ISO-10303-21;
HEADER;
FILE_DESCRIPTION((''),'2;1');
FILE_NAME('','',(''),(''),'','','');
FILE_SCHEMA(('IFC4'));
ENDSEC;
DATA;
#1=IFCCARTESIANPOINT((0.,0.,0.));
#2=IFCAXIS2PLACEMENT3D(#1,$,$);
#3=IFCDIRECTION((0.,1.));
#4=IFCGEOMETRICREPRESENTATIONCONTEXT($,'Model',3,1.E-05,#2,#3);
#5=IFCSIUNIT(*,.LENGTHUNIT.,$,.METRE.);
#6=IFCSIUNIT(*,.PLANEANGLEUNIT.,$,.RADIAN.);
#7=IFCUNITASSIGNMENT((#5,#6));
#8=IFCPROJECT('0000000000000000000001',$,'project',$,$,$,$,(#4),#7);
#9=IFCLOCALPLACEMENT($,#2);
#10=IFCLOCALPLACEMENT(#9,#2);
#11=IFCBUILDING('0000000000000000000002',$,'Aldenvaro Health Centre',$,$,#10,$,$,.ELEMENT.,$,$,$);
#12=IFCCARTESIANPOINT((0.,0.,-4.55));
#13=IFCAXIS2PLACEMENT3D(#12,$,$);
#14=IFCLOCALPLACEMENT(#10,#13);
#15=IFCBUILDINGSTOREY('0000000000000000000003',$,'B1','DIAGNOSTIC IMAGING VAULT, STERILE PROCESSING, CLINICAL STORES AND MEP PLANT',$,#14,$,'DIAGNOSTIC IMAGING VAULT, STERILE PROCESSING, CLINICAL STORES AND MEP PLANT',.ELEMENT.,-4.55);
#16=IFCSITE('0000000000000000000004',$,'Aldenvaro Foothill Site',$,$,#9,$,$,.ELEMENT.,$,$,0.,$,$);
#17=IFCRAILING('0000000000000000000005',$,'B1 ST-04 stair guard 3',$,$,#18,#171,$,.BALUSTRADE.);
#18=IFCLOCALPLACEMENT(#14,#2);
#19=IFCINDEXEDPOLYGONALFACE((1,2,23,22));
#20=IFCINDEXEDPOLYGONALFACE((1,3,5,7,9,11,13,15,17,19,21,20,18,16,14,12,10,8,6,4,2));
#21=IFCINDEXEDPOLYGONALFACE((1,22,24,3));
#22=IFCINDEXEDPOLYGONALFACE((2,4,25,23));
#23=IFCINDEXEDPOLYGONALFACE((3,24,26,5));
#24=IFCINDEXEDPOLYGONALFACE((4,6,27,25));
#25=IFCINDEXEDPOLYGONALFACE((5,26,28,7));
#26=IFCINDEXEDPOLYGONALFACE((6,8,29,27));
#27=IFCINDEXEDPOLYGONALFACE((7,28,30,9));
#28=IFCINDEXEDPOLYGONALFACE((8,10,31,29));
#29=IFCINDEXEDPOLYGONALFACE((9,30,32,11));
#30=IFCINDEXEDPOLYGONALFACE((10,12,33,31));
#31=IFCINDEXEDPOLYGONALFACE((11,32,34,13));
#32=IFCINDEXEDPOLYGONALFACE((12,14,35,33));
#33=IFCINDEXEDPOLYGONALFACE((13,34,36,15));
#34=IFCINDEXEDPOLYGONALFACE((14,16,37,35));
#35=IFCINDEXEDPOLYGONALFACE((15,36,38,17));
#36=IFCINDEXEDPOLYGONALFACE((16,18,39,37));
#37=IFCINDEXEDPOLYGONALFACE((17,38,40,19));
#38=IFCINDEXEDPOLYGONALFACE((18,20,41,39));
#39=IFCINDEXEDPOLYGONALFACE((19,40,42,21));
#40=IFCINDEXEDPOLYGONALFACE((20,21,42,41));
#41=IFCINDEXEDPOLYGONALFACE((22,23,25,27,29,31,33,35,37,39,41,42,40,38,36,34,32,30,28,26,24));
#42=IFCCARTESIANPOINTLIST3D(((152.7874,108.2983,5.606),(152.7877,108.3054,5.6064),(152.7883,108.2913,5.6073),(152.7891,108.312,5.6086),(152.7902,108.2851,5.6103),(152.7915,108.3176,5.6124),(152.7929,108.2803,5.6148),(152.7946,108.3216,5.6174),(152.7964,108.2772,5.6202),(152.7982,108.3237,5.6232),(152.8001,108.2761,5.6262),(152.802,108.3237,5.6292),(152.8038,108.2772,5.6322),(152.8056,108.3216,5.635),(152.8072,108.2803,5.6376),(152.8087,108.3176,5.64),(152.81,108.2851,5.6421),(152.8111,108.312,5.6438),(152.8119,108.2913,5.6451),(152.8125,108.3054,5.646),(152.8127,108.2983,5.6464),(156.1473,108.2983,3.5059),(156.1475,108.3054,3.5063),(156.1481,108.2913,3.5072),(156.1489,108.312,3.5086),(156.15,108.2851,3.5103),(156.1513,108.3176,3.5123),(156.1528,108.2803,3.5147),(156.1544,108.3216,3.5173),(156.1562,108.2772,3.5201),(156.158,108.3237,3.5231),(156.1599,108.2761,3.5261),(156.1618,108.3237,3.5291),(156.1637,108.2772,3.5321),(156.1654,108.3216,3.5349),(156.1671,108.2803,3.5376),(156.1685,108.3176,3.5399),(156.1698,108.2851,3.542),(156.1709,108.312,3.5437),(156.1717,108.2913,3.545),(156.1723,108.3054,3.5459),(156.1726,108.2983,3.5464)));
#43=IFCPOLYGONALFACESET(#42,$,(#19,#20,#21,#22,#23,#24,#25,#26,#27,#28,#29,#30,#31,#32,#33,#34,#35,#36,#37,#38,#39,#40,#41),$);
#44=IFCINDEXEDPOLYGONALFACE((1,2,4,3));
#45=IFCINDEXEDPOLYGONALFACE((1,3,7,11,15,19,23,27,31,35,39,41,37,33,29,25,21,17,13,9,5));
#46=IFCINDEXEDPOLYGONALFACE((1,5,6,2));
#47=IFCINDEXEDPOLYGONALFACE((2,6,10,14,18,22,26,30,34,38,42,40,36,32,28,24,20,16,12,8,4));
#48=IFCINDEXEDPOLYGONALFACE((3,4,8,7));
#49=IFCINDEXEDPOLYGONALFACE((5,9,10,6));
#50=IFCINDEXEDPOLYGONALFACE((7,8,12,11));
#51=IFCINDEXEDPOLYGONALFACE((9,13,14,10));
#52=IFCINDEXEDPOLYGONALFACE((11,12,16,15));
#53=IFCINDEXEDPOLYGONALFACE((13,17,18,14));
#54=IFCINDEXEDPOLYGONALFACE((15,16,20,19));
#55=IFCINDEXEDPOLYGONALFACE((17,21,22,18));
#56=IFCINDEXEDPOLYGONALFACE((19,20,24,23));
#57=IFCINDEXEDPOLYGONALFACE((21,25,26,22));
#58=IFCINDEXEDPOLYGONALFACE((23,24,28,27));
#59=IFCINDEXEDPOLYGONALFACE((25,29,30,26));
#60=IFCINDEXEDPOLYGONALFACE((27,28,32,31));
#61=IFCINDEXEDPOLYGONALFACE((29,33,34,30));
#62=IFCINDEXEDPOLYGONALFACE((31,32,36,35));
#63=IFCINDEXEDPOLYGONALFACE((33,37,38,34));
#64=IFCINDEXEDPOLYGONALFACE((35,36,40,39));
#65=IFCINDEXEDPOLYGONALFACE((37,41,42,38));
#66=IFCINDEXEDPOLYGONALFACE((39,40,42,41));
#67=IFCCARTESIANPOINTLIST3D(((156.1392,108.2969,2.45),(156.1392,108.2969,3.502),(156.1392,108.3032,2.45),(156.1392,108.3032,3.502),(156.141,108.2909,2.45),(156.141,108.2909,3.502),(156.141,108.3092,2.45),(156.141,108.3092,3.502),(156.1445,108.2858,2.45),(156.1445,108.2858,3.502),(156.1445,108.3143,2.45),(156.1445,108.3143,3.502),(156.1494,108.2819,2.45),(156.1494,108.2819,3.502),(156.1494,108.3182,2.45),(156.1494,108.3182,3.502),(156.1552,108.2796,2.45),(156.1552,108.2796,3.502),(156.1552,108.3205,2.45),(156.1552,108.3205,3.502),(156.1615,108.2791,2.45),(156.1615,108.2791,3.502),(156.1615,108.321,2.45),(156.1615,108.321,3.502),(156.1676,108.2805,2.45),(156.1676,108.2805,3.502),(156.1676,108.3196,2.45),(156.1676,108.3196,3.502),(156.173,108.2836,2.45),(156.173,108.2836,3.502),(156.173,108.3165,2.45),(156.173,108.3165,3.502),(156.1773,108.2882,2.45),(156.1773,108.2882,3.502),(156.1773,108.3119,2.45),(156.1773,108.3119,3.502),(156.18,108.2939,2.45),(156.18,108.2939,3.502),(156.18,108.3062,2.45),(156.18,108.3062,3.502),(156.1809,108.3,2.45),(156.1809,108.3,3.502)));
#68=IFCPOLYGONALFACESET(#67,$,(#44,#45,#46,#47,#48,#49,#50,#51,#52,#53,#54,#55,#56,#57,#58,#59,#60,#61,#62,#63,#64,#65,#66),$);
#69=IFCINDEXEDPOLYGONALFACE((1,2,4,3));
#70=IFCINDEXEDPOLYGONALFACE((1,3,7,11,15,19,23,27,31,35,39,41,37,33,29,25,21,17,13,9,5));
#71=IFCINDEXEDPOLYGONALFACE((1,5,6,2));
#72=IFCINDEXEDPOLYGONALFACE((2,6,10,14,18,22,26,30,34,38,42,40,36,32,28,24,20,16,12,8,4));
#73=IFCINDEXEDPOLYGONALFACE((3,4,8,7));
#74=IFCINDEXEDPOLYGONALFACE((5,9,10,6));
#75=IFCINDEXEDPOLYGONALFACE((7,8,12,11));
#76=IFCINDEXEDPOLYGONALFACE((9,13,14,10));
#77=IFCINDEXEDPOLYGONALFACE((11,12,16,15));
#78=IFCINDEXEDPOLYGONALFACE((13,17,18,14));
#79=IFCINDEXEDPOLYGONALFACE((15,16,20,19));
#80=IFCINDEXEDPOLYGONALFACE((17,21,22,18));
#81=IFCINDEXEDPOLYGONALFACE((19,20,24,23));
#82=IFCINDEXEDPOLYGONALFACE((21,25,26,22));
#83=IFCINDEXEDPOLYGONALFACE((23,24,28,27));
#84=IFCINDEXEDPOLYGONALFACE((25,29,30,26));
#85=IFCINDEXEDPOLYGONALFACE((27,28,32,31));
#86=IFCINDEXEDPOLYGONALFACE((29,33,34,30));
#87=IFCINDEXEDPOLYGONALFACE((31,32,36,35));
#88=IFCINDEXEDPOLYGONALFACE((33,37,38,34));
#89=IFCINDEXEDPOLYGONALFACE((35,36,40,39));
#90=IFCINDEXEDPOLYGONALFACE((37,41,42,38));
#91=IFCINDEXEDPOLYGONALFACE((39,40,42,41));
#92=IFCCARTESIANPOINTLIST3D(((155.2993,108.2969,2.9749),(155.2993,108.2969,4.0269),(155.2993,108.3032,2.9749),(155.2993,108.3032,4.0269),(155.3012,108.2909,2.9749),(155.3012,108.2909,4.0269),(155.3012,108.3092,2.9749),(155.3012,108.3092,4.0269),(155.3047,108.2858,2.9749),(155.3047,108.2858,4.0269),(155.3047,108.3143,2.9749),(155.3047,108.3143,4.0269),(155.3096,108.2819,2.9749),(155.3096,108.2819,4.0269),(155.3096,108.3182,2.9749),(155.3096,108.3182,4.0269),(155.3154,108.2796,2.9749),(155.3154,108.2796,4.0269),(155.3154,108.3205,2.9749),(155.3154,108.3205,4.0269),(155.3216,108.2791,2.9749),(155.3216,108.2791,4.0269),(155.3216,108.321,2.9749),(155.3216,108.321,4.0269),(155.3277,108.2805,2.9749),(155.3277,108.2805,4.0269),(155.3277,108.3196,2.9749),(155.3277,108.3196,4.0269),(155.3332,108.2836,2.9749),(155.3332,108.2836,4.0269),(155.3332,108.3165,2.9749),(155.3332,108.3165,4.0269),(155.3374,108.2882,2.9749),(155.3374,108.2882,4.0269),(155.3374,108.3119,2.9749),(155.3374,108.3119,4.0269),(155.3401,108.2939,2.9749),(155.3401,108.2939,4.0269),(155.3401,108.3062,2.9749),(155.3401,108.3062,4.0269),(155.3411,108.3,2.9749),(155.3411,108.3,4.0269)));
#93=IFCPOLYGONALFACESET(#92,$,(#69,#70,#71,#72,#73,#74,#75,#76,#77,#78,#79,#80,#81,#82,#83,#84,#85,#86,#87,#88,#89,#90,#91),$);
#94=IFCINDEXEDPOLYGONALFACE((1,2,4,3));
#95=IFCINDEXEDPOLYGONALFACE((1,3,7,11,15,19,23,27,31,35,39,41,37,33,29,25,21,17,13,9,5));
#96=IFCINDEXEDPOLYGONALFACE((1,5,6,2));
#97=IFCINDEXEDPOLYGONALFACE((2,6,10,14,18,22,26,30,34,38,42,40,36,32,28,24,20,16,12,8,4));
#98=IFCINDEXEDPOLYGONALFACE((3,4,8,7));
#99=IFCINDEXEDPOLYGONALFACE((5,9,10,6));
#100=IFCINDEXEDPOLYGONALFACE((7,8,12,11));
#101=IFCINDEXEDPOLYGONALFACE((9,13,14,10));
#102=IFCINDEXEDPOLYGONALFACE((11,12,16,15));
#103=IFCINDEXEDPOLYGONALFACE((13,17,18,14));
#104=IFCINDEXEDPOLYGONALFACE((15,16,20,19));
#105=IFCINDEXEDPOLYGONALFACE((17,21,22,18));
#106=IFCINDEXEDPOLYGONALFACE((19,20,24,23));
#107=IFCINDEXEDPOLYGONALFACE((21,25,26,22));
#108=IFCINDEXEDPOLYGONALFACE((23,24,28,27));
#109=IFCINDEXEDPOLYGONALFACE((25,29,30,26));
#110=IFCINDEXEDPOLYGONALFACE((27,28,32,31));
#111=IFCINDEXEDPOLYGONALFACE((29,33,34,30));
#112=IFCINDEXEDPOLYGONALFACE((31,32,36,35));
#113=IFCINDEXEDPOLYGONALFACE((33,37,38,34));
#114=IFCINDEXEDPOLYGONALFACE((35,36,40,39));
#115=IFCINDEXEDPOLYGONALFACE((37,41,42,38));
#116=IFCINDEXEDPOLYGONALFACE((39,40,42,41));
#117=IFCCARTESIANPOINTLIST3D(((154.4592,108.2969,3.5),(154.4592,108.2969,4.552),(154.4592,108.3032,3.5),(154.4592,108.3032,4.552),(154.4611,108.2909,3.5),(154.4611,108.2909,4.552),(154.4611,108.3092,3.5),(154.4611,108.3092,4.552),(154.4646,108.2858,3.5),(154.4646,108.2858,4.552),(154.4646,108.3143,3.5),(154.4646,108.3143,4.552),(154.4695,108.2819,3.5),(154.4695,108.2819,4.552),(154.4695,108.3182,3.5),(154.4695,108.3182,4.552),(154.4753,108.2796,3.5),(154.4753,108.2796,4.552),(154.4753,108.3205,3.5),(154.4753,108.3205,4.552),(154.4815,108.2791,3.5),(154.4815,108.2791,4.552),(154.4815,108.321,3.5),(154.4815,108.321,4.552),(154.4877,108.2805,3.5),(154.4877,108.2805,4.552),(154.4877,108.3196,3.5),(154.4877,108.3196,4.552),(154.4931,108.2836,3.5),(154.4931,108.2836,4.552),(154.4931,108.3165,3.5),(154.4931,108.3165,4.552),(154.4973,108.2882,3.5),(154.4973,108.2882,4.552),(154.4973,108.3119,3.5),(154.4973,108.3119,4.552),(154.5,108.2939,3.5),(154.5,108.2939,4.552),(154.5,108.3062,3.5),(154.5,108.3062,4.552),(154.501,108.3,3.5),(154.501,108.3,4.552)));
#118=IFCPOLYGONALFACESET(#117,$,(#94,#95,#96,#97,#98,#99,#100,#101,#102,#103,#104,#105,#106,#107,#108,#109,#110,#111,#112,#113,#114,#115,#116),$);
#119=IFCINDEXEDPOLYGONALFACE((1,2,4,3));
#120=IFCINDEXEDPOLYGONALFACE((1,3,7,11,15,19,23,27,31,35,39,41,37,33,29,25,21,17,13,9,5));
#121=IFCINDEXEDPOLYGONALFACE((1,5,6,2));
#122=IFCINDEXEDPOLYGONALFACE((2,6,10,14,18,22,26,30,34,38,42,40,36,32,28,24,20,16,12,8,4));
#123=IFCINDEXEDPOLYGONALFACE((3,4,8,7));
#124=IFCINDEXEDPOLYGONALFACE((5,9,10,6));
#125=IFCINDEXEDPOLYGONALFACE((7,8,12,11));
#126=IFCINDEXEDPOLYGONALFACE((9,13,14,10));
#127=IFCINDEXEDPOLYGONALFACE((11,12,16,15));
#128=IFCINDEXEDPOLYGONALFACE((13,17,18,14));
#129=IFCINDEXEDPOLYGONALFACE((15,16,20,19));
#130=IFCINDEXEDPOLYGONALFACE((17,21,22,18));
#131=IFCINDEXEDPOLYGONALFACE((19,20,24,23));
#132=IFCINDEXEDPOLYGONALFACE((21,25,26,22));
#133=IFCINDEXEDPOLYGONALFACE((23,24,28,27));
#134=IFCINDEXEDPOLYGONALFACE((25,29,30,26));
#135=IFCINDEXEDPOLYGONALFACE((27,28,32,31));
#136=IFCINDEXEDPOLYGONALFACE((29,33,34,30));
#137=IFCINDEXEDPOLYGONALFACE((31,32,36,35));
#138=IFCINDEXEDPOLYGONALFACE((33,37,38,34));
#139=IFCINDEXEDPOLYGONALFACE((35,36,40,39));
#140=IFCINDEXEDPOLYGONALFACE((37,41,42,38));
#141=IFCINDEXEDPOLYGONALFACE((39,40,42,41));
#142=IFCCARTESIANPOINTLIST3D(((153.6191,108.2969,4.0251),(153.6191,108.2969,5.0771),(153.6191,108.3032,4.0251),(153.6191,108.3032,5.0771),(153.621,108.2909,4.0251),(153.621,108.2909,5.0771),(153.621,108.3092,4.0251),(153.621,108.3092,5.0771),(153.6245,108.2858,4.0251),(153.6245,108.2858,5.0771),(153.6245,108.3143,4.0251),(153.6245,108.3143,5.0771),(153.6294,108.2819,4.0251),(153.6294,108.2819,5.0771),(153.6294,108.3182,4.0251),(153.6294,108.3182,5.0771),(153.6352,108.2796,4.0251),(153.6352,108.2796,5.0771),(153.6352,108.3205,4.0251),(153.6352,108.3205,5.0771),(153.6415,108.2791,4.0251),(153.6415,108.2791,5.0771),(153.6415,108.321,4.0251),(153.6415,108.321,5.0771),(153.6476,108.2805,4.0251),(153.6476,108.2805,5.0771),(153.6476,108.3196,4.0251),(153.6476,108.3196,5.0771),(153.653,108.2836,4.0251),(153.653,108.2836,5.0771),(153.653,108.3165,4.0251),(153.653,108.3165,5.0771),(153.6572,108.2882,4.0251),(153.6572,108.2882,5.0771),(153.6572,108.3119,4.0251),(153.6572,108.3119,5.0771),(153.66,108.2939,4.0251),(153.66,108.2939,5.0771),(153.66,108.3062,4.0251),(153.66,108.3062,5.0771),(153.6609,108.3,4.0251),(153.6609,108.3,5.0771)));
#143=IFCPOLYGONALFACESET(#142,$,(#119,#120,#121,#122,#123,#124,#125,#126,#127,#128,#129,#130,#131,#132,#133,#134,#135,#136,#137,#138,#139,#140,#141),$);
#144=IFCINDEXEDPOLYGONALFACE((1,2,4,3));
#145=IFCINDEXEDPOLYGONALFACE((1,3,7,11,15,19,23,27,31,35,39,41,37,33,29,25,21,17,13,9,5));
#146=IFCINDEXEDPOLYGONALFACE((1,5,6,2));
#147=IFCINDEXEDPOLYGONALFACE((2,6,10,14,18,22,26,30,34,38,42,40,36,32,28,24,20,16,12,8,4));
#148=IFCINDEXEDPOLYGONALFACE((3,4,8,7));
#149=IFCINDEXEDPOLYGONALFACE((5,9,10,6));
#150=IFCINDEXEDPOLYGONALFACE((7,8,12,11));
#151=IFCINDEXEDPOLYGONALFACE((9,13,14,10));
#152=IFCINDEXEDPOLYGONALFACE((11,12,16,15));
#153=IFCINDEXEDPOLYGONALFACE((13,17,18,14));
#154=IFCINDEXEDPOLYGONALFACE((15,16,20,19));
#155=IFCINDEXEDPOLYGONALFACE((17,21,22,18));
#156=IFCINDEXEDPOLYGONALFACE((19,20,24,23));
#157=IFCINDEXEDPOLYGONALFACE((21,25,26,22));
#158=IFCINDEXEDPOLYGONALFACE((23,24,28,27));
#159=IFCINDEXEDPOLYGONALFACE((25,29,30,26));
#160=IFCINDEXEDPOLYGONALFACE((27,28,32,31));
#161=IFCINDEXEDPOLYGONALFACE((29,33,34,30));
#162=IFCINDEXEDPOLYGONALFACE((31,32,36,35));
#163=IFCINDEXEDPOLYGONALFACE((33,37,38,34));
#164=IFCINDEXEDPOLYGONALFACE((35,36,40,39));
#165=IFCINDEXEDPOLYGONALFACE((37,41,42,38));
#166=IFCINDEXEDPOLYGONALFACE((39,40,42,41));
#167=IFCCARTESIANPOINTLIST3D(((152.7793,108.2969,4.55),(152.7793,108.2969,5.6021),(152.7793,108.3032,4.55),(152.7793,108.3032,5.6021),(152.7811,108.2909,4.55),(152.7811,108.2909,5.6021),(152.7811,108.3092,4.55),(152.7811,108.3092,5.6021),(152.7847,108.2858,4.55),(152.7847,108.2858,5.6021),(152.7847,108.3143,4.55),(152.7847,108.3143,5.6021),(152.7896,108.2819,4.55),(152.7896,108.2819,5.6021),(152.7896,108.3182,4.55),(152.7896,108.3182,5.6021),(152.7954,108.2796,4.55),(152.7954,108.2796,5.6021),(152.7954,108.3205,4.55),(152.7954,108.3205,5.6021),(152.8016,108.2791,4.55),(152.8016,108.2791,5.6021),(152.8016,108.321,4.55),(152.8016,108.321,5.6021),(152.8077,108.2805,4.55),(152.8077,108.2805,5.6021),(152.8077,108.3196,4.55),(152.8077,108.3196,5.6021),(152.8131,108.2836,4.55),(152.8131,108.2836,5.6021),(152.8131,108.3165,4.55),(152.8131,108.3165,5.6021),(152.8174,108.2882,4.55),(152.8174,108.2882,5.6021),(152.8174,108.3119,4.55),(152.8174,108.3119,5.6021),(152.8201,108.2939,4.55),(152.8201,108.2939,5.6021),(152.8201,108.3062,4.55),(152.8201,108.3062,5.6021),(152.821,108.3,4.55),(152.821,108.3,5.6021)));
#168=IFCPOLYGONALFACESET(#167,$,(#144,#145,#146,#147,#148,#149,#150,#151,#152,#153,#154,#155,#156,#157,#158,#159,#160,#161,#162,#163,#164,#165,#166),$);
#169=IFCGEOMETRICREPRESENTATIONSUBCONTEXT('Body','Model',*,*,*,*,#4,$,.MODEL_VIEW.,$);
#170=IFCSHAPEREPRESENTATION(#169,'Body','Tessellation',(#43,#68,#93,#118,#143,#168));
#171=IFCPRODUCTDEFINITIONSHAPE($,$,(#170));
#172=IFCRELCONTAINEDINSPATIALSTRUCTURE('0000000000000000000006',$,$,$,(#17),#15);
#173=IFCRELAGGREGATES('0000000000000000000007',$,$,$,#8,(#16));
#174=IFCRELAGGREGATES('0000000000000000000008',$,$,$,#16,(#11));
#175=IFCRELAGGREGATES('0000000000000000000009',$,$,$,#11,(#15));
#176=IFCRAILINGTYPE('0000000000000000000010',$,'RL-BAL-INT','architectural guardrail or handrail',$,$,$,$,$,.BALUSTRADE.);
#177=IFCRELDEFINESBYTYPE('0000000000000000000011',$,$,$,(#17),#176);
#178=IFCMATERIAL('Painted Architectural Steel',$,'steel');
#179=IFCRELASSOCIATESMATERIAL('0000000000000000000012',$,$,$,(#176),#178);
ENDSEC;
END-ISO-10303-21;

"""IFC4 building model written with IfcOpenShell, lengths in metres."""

from ifc_helpers import new_model, si_unit, direction, frame, origin, origin_2d, place, context, subcontext, project, spatial, circle, extrude, material, type_object, element, save


model = new_model("IFC4")

# Units and contexts
model_context = context("Model", 3, precision=1e-05, world=origin(), true_north=direction((0.0, 1.0)))
body_context = subcontext(model_context, "Body", "Model", "MODEL_VIEW")
ifc_project = project(units=[si_unit("LENGTHUNIT", "METRE"), si_unit("PLANEANGLEUNIT", "RADIAN")], contexts=[model_context])

# Site, building, storey
site_placement = place(None, origin())
site = spatial("IfcSite", under=ifc_project, at=site_placement, Name="Aldenvaro Foothill Site", CompositionType="ELEMENT", RefElevation=0.0)
building_placement = place(site_placement, origin())
building = spatial("IfcBuilding", under=site, at=building_placement, Name="Aldenvaro Health Centre", CompositionType="ELEMENT")
storey_placement = place(building_placement, frame((0.0, 0.0, -4.55)))
storey = spatial("IfcBuildingStorey", under=building, at=storey_placement, Name="B1", Description="DIAGNOSTIC IMAGING VAULT, STERILE PROCESSING, CLINICAL STORES AND MEP PLANT", LongName="DIAGNOSTIC IMAGING VAULT, STERILE PROCESSING, CLINICAL STORES AND MEP PLANT", CompositionType="ELEMENT", Elevation=-4.55)

# Railing
ifc_material_1 = material(Name="Painted Architectural Steel", Category="steel")
railing_type_1 = type_object("IfcRailingType", Name="RL-BAL-INT", Description="architectural guardrail or handrail", PredefinedType="BALUSTRADE", material=ifc_material_1)
railing_1_placement = place(storey_placement, frame((156.1599, 108.3, 2.45)))
element("IfcRailing", 1, at=railing_1_placement, inside=storey, type_object=railing_type_1, Name="B1 ST-04 stair guard 3", PredefinedType="BALUSTRADE", context=body_context, shape_type="SweptSolid", body=[
    extrude(circle(Radius=0.0239, at=origin_2d()), frame((0.0, 0.0, 1.0762), z_axis=(-0.847978, 0.0, 0.530032), x_axis=(0.0, -1.0, 0.0)), (0.0, 0.0, 1.0), 3.9622),
    extrude(circle(Radius=0.021, at=origin_2d()), origin(), (0.0, 0.0, 1.0), 1.052),
    extrude(circle(Radius=0.021, at=origin_2d()), frame((-0.8398, 0.0, 0.5249)), (0.0, 0.0, 1.0), 1.052),
    extrude(circle(Radius=0.021, at=origin_2d()), frame((-1.6799, 0.0, 1.05)), (0.0, 0.0, 1.0), 1.052),
    extrude(circle(Radius=0.021, at=origin_2d()), frame((-2.52, 0.0, 1.5752)), (0.0, 0.0, 1.0), 1.052),
    extrude(circle(Radius=0.021, at=origin_2d()), frame((-3.3599, 0.0, 2.1001)), (0.0, 0.0, 1.0), 1.052),
])

save(model, "model.ifc")
